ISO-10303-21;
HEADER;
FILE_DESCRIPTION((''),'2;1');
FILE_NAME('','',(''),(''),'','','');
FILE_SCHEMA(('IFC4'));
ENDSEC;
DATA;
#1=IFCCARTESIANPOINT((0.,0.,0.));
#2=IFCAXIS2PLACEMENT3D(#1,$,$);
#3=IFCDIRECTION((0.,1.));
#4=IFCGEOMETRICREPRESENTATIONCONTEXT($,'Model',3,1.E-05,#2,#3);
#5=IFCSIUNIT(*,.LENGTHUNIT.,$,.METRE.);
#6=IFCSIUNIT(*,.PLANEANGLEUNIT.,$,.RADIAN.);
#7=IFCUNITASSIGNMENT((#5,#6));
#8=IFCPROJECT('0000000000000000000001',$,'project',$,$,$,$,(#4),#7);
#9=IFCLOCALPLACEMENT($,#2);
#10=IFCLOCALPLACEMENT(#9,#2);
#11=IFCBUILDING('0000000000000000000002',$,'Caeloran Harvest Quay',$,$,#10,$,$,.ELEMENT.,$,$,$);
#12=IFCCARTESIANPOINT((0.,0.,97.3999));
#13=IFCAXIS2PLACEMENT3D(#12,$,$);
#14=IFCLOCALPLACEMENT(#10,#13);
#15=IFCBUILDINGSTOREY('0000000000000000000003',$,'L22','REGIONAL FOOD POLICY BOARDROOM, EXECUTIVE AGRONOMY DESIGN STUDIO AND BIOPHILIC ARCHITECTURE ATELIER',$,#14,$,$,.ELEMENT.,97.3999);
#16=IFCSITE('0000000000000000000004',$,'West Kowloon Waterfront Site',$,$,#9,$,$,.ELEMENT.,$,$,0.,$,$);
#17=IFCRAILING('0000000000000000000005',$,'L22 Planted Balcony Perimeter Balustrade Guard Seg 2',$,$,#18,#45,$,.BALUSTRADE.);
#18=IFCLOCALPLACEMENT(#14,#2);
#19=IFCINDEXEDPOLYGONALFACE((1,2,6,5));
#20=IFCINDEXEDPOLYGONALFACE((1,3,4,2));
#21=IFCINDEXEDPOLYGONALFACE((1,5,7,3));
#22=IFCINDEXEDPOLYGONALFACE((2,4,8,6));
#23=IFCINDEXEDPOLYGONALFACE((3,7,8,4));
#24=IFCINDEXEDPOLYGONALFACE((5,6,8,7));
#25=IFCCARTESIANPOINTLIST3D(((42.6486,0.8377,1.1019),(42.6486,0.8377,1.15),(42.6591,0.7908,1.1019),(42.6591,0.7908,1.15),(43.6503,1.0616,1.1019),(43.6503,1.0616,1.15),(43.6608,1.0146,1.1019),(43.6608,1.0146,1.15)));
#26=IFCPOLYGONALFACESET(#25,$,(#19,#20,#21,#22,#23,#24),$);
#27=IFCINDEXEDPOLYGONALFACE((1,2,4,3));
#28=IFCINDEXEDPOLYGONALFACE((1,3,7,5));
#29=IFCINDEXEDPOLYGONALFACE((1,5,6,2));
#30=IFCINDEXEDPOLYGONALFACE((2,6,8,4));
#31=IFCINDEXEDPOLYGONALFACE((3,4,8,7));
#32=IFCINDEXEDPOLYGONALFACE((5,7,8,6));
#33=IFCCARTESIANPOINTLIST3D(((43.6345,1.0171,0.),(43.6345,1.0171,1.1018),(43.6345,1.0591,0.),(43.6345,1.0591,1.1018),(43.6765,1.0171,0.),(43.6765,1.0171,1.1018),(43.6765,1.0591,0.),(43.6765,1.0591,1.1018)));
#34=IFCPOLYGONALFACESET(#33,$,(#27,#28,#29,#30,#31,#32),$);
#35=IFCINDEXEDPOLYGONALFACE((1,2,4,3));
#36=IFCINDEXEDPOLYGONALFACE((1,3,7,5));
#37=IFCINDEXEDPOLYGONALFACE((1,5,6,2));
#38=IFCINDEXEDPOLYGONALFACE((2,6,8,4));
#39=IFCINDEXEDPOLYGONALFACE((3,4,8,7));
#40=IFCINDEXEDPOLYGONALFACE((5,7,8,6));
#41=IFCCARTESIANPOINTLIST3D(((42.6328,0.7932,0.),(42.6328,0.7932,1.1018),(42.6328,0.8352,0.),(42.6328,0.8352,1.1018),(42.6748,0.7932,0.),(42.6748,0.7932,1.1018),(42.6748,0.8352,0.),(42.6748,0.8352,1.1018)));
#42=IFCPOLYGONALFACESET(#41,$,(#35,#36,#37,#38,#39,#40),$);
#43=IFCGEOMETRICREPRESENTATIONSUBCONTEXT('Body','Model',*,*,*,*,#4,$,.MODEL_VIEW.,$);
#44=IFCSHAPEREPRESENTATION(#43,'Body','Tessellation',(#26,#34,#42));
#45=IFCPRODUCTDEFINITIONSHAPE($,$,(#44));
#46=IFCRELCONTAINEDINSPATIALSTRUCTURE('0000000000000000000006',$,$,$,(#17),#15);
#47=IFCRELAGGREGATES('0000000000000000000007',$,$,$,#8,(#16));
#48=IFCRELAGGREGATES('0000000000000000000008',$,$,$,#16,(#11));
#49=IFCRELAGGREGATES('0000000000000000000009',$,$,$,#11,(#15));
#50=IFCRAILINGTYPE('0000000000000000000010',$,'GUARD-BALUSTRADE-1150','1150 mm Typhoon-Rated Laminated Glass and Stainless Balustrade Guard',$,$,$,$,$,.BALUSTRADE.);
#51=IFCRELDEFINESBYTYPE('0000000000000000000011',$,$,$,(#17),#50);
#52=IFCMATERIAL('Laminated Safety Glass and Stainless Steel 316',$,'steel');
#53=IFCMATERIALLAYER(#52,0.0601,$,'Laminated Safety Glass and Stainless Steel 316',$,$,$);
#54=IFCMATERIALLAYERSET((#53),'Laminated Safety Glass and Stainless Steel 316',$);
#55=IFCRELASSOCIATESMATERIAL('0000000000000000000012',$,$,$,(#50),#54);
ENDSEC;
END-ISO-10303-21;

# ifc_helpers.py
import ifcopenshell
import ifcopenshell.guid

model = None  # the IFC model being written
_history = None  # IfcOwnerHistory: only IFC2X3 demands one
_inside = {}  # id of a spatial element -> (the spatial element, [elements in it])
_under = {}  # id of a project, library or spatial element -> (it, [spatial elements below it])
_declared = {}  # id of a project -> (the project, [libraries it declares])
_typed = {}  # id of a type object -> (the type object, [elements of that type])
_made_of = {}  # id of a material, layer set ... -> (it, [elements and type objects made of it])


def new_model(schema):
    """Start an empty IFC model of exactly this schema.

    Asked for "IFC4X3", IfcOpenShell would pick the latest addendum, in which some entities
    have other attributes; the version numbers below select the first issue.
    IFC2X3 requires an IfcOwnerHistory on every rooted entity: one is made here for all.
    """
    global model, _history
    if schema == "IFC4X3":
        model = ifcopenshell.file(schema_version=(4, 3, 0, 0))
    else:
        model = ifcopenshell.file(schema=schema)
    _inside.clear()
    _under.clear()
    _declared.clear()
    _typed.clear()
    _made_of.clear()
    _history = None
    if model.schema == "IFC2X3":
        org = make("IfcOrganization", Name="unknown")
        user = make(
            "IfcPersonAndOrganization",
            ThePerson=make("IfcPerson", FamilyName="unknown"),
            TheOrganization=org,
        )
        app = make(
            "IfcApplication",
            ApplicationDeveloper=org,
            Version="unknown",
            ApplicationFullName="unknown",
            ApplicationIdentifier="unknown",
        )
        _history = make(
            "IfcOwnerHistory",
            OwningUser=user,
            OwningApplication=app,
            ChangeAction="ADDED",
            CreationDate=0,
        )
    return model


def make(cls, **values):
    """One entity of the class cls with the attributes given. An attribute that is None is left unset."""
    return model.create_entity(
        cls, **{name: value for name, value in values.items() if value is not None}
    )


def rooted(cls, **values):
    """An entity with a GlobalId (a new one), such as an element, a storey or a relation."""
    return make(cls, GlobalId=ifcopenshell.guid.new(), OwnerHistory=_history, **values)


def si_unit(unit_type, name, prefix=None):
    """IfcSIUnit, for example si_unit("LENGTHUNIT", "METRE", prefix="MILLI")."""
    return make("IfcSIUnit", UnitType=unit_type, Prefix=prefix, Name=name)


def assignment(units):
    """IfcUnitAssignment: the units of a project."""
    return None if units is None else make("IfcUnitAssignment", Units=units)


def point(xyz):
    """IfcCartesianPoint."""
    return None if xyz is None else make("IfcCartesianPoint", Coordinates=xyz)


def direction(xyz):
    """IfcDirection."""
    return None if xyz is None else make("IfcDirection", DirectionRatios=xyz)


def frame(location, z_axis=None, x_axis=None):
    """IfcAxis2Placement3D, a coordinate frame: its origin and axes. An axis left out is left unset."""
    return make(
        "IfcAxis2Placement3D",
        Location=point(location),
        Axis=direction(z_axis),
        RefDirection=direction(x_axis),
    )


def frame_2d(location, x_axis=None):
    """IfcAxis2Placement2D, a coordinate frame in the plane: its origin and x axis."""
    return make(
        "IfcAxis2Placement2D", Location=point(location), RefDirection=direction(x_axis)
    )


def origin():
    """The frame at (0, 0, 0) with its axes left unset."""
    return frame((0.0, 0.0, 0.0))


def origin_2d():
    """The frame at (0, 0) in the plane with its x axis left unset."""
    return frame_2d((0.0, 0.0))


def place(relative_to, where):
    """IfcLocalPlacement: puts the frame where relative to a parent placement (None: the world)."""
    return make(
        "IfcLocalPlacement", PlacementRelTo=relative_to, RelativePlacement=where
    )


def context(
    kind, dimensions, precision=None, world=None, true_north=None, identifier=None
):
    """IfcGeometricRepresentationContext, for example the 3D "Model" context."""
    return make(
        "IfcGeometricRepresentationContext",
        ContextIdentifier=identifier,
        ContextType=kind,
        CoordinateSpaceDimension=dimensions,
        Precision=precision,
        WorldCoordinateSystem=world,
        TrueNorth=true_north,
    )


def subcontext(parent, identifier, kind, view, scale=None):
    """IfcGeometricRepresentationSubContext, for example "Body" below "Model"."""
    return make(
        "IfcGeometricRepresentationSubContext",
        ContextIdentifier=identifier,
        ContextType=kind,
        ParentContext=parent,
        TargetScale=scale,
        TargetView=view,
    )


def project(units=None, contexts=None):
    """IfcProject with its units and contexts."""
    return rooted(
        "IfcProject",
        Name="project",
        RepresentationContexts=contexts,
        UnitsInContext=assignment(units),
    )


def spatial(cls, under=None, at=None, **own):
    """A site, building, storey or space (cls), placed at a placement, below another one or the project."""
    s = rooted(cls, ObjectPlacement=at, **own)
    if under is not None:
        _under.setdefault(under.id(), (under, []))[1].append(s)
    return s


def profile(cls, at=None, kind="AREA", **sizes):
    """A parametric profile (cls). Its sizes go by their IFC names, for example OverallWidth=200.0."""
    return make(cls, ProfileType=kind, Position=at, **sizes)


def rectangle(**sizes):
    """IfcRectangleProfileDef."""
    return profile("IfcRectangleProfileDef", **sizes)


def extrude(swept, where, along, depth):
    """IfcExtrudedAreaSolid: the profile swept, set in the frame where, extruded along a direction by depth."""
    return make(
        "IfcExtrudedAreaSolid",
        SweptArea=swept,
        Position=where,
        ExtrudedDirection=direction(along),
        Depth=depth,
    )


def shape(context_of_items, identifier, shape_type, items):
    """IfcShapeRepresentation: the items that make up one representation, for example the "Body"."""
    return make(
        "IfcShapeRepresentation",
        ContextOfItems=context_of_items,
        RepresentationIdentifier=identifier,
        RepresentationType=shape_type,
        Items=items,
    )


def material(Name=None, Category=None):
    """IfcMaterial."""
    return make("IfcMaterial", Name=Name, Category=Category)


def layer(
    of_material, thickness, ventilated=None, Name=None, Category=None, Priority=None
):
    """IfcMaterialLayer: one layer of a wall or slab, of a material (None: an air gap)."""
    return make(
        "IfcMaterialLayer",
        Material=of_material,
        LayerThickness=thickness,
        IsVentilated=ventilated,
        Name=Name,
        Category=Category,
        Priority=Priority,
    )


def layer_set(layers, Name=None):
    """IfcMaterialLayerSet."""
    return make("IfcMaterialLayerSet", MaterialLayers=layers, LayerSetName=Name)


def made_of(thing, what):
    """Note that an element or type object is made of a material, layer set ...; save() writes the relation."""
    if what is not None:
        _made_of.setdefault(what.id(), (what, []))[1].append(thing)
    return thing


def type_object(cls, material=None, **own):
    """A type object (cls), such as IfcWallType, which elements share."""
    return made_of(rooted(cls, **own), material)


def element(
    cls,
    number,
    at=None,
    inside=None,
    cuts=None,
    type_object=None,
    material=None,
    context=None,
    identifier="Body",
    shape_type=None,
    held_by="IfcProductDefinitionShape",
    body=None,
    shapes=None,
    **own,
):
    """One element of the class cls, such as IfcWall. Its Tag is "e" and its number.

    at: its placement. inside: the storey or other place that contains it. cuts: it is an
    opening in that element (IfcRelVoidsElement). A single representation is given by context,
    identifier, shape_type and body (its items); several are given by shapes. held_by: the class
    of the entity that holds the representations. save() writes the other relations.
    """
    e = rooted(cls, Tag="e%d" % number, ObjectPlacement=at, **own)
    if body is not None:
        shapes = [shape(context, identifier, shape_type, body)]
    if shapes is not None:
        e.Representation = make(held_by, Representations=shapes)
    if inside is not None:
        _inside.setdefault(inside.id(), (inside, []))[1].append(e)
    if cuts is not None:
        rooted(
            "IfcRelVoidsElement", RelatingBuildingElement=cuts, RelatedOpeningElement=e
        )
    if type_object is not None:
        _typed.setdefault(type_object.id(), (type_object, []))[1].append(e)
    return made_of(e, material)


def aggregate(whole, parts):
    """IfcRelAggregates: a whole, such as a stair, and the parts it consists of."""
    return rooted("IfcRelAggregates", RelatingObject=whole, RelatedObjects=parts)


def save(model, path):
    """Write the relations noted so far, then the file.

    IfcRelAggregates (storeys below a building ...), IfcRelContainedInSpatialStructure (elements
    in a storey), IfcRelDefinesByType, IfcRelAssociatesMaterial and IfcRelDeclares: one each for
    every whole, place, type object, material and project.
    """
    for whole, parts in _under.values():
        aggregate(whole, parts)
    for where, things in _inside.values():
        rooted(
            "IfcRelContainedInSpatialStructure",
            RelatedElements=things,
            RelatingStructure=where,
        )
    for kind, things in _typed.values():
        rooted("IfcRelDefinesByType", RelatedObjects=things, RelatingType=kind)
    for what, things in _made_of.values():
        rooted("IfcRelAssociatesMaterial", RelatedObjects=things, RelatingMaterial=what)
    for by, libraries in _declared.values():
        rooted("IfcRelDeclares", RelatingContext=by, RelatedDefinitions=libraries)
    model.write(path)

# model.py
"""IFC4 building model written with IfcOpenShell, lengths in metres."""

from ifc_helpers import new_model, si_unit, direction, frame, origin, origin_2d, place, context, subcontext, project, spatial, rectangle, extrude, material, layer, layer_set, type_object, element, save


model = new_model("IFC4")

# Units and contexts
model_context = context("Model", 3, precision=1e-05, world=origin(), true_north=direction((0.0, 1.0)))
body_context = subcontext(model_context, "Body", "Model", "MODEL_VIEW")
ifc_project = project(units=[si_unit("LENGTHUNIT", "METRE"), si_unit("PLANEANGLEUNIT", "RADIAN")], contexts=[model_context])

# Site, building, storey
site_placement = place(None, origin())
site = spatial("IfcSite", under=ifc_project, at=site_placement, Name="West Kowloon Waterfront Site", CompositionType="ELEMENT", RefElevation=0.0)
building_placement = place(site_placement, origin())
building = spatial("IfcBuilding", under=site, at=building_placement, Name="Caeloran Harvest Quay", CompositionType="ELEMENT")
storey_placement = place(building_placement, frame((0.0, 0.0, 97.3999)))
storey = spatial("IfcBuildingStorey", under=building, at=storey_placement, Name="L22", Description="REGIONAL FOOD POLICY BOARDROOM, EXECUTIVE AGRONOMY DESIGN STUDIO AND BIOPHILIC ARCHITECTURE ATELIER", CompositionType="ELEMENT", Elevation=97.3999)

# Railing
ifc_material_1 = material(Name="Laminated Safety Glass and Stainless Steel 316", Category="steel")
ifc_layer_1 = layer(ifc_material_1, 0.0601, Name="Laminated Safety Glass and Stainless Steel 316")
ifc_layer_set_1 = layer_set([ifc_layer_1], Name="Laminated Safety Glass and Stainless Steel 316")
railing_type = type_object("IfcRailingType", Name="GUARD-BALUSTRADE-1150", Description="1150 mm Typhoon-Rated Laminated Glass and Stainless Balustrade Guard", PredefinedType="BALUSTRADE", material=ifc_layer_set_1)
railing_1_placement = place(storey_placement, frame((43.6555, 1.0381, 0.0)))
element("IfcRailing", 1, at=railing_1_placement, inside=storey, type_object=railing_type, Name="L22 Planted Balcony Perimeter Balustrade Guard Seg 2", PredefinedType="BALUSTRADE", context=body_context, shape_type="SweptSolid", body=[
    extrude(rectangle(XDim=0.0481, YDim=0.0481, at=origin_2d()), frame((0.0, 0.0, 1.126), z_axis=(-0.975923, -0.218114, 0.0), x_axis=(0.218114, -0.975923, 0.0)), (0.0, 0.0, 1.0), 1.0264),
    extrude(rectangle(XDim=0.042, YDim=0.042, at=origin_2d()), origin(), (0.0, 0.0, 1.0), 1.1018),
    extrude(rectangle(XDim=0.042, YDim=0.042, at=origin_2d()), frame((-1.0017, -0.2239, 0.0)), (0.0, 0.0, 1.0), 1.1018),
])

save(model, "model.ifc")
